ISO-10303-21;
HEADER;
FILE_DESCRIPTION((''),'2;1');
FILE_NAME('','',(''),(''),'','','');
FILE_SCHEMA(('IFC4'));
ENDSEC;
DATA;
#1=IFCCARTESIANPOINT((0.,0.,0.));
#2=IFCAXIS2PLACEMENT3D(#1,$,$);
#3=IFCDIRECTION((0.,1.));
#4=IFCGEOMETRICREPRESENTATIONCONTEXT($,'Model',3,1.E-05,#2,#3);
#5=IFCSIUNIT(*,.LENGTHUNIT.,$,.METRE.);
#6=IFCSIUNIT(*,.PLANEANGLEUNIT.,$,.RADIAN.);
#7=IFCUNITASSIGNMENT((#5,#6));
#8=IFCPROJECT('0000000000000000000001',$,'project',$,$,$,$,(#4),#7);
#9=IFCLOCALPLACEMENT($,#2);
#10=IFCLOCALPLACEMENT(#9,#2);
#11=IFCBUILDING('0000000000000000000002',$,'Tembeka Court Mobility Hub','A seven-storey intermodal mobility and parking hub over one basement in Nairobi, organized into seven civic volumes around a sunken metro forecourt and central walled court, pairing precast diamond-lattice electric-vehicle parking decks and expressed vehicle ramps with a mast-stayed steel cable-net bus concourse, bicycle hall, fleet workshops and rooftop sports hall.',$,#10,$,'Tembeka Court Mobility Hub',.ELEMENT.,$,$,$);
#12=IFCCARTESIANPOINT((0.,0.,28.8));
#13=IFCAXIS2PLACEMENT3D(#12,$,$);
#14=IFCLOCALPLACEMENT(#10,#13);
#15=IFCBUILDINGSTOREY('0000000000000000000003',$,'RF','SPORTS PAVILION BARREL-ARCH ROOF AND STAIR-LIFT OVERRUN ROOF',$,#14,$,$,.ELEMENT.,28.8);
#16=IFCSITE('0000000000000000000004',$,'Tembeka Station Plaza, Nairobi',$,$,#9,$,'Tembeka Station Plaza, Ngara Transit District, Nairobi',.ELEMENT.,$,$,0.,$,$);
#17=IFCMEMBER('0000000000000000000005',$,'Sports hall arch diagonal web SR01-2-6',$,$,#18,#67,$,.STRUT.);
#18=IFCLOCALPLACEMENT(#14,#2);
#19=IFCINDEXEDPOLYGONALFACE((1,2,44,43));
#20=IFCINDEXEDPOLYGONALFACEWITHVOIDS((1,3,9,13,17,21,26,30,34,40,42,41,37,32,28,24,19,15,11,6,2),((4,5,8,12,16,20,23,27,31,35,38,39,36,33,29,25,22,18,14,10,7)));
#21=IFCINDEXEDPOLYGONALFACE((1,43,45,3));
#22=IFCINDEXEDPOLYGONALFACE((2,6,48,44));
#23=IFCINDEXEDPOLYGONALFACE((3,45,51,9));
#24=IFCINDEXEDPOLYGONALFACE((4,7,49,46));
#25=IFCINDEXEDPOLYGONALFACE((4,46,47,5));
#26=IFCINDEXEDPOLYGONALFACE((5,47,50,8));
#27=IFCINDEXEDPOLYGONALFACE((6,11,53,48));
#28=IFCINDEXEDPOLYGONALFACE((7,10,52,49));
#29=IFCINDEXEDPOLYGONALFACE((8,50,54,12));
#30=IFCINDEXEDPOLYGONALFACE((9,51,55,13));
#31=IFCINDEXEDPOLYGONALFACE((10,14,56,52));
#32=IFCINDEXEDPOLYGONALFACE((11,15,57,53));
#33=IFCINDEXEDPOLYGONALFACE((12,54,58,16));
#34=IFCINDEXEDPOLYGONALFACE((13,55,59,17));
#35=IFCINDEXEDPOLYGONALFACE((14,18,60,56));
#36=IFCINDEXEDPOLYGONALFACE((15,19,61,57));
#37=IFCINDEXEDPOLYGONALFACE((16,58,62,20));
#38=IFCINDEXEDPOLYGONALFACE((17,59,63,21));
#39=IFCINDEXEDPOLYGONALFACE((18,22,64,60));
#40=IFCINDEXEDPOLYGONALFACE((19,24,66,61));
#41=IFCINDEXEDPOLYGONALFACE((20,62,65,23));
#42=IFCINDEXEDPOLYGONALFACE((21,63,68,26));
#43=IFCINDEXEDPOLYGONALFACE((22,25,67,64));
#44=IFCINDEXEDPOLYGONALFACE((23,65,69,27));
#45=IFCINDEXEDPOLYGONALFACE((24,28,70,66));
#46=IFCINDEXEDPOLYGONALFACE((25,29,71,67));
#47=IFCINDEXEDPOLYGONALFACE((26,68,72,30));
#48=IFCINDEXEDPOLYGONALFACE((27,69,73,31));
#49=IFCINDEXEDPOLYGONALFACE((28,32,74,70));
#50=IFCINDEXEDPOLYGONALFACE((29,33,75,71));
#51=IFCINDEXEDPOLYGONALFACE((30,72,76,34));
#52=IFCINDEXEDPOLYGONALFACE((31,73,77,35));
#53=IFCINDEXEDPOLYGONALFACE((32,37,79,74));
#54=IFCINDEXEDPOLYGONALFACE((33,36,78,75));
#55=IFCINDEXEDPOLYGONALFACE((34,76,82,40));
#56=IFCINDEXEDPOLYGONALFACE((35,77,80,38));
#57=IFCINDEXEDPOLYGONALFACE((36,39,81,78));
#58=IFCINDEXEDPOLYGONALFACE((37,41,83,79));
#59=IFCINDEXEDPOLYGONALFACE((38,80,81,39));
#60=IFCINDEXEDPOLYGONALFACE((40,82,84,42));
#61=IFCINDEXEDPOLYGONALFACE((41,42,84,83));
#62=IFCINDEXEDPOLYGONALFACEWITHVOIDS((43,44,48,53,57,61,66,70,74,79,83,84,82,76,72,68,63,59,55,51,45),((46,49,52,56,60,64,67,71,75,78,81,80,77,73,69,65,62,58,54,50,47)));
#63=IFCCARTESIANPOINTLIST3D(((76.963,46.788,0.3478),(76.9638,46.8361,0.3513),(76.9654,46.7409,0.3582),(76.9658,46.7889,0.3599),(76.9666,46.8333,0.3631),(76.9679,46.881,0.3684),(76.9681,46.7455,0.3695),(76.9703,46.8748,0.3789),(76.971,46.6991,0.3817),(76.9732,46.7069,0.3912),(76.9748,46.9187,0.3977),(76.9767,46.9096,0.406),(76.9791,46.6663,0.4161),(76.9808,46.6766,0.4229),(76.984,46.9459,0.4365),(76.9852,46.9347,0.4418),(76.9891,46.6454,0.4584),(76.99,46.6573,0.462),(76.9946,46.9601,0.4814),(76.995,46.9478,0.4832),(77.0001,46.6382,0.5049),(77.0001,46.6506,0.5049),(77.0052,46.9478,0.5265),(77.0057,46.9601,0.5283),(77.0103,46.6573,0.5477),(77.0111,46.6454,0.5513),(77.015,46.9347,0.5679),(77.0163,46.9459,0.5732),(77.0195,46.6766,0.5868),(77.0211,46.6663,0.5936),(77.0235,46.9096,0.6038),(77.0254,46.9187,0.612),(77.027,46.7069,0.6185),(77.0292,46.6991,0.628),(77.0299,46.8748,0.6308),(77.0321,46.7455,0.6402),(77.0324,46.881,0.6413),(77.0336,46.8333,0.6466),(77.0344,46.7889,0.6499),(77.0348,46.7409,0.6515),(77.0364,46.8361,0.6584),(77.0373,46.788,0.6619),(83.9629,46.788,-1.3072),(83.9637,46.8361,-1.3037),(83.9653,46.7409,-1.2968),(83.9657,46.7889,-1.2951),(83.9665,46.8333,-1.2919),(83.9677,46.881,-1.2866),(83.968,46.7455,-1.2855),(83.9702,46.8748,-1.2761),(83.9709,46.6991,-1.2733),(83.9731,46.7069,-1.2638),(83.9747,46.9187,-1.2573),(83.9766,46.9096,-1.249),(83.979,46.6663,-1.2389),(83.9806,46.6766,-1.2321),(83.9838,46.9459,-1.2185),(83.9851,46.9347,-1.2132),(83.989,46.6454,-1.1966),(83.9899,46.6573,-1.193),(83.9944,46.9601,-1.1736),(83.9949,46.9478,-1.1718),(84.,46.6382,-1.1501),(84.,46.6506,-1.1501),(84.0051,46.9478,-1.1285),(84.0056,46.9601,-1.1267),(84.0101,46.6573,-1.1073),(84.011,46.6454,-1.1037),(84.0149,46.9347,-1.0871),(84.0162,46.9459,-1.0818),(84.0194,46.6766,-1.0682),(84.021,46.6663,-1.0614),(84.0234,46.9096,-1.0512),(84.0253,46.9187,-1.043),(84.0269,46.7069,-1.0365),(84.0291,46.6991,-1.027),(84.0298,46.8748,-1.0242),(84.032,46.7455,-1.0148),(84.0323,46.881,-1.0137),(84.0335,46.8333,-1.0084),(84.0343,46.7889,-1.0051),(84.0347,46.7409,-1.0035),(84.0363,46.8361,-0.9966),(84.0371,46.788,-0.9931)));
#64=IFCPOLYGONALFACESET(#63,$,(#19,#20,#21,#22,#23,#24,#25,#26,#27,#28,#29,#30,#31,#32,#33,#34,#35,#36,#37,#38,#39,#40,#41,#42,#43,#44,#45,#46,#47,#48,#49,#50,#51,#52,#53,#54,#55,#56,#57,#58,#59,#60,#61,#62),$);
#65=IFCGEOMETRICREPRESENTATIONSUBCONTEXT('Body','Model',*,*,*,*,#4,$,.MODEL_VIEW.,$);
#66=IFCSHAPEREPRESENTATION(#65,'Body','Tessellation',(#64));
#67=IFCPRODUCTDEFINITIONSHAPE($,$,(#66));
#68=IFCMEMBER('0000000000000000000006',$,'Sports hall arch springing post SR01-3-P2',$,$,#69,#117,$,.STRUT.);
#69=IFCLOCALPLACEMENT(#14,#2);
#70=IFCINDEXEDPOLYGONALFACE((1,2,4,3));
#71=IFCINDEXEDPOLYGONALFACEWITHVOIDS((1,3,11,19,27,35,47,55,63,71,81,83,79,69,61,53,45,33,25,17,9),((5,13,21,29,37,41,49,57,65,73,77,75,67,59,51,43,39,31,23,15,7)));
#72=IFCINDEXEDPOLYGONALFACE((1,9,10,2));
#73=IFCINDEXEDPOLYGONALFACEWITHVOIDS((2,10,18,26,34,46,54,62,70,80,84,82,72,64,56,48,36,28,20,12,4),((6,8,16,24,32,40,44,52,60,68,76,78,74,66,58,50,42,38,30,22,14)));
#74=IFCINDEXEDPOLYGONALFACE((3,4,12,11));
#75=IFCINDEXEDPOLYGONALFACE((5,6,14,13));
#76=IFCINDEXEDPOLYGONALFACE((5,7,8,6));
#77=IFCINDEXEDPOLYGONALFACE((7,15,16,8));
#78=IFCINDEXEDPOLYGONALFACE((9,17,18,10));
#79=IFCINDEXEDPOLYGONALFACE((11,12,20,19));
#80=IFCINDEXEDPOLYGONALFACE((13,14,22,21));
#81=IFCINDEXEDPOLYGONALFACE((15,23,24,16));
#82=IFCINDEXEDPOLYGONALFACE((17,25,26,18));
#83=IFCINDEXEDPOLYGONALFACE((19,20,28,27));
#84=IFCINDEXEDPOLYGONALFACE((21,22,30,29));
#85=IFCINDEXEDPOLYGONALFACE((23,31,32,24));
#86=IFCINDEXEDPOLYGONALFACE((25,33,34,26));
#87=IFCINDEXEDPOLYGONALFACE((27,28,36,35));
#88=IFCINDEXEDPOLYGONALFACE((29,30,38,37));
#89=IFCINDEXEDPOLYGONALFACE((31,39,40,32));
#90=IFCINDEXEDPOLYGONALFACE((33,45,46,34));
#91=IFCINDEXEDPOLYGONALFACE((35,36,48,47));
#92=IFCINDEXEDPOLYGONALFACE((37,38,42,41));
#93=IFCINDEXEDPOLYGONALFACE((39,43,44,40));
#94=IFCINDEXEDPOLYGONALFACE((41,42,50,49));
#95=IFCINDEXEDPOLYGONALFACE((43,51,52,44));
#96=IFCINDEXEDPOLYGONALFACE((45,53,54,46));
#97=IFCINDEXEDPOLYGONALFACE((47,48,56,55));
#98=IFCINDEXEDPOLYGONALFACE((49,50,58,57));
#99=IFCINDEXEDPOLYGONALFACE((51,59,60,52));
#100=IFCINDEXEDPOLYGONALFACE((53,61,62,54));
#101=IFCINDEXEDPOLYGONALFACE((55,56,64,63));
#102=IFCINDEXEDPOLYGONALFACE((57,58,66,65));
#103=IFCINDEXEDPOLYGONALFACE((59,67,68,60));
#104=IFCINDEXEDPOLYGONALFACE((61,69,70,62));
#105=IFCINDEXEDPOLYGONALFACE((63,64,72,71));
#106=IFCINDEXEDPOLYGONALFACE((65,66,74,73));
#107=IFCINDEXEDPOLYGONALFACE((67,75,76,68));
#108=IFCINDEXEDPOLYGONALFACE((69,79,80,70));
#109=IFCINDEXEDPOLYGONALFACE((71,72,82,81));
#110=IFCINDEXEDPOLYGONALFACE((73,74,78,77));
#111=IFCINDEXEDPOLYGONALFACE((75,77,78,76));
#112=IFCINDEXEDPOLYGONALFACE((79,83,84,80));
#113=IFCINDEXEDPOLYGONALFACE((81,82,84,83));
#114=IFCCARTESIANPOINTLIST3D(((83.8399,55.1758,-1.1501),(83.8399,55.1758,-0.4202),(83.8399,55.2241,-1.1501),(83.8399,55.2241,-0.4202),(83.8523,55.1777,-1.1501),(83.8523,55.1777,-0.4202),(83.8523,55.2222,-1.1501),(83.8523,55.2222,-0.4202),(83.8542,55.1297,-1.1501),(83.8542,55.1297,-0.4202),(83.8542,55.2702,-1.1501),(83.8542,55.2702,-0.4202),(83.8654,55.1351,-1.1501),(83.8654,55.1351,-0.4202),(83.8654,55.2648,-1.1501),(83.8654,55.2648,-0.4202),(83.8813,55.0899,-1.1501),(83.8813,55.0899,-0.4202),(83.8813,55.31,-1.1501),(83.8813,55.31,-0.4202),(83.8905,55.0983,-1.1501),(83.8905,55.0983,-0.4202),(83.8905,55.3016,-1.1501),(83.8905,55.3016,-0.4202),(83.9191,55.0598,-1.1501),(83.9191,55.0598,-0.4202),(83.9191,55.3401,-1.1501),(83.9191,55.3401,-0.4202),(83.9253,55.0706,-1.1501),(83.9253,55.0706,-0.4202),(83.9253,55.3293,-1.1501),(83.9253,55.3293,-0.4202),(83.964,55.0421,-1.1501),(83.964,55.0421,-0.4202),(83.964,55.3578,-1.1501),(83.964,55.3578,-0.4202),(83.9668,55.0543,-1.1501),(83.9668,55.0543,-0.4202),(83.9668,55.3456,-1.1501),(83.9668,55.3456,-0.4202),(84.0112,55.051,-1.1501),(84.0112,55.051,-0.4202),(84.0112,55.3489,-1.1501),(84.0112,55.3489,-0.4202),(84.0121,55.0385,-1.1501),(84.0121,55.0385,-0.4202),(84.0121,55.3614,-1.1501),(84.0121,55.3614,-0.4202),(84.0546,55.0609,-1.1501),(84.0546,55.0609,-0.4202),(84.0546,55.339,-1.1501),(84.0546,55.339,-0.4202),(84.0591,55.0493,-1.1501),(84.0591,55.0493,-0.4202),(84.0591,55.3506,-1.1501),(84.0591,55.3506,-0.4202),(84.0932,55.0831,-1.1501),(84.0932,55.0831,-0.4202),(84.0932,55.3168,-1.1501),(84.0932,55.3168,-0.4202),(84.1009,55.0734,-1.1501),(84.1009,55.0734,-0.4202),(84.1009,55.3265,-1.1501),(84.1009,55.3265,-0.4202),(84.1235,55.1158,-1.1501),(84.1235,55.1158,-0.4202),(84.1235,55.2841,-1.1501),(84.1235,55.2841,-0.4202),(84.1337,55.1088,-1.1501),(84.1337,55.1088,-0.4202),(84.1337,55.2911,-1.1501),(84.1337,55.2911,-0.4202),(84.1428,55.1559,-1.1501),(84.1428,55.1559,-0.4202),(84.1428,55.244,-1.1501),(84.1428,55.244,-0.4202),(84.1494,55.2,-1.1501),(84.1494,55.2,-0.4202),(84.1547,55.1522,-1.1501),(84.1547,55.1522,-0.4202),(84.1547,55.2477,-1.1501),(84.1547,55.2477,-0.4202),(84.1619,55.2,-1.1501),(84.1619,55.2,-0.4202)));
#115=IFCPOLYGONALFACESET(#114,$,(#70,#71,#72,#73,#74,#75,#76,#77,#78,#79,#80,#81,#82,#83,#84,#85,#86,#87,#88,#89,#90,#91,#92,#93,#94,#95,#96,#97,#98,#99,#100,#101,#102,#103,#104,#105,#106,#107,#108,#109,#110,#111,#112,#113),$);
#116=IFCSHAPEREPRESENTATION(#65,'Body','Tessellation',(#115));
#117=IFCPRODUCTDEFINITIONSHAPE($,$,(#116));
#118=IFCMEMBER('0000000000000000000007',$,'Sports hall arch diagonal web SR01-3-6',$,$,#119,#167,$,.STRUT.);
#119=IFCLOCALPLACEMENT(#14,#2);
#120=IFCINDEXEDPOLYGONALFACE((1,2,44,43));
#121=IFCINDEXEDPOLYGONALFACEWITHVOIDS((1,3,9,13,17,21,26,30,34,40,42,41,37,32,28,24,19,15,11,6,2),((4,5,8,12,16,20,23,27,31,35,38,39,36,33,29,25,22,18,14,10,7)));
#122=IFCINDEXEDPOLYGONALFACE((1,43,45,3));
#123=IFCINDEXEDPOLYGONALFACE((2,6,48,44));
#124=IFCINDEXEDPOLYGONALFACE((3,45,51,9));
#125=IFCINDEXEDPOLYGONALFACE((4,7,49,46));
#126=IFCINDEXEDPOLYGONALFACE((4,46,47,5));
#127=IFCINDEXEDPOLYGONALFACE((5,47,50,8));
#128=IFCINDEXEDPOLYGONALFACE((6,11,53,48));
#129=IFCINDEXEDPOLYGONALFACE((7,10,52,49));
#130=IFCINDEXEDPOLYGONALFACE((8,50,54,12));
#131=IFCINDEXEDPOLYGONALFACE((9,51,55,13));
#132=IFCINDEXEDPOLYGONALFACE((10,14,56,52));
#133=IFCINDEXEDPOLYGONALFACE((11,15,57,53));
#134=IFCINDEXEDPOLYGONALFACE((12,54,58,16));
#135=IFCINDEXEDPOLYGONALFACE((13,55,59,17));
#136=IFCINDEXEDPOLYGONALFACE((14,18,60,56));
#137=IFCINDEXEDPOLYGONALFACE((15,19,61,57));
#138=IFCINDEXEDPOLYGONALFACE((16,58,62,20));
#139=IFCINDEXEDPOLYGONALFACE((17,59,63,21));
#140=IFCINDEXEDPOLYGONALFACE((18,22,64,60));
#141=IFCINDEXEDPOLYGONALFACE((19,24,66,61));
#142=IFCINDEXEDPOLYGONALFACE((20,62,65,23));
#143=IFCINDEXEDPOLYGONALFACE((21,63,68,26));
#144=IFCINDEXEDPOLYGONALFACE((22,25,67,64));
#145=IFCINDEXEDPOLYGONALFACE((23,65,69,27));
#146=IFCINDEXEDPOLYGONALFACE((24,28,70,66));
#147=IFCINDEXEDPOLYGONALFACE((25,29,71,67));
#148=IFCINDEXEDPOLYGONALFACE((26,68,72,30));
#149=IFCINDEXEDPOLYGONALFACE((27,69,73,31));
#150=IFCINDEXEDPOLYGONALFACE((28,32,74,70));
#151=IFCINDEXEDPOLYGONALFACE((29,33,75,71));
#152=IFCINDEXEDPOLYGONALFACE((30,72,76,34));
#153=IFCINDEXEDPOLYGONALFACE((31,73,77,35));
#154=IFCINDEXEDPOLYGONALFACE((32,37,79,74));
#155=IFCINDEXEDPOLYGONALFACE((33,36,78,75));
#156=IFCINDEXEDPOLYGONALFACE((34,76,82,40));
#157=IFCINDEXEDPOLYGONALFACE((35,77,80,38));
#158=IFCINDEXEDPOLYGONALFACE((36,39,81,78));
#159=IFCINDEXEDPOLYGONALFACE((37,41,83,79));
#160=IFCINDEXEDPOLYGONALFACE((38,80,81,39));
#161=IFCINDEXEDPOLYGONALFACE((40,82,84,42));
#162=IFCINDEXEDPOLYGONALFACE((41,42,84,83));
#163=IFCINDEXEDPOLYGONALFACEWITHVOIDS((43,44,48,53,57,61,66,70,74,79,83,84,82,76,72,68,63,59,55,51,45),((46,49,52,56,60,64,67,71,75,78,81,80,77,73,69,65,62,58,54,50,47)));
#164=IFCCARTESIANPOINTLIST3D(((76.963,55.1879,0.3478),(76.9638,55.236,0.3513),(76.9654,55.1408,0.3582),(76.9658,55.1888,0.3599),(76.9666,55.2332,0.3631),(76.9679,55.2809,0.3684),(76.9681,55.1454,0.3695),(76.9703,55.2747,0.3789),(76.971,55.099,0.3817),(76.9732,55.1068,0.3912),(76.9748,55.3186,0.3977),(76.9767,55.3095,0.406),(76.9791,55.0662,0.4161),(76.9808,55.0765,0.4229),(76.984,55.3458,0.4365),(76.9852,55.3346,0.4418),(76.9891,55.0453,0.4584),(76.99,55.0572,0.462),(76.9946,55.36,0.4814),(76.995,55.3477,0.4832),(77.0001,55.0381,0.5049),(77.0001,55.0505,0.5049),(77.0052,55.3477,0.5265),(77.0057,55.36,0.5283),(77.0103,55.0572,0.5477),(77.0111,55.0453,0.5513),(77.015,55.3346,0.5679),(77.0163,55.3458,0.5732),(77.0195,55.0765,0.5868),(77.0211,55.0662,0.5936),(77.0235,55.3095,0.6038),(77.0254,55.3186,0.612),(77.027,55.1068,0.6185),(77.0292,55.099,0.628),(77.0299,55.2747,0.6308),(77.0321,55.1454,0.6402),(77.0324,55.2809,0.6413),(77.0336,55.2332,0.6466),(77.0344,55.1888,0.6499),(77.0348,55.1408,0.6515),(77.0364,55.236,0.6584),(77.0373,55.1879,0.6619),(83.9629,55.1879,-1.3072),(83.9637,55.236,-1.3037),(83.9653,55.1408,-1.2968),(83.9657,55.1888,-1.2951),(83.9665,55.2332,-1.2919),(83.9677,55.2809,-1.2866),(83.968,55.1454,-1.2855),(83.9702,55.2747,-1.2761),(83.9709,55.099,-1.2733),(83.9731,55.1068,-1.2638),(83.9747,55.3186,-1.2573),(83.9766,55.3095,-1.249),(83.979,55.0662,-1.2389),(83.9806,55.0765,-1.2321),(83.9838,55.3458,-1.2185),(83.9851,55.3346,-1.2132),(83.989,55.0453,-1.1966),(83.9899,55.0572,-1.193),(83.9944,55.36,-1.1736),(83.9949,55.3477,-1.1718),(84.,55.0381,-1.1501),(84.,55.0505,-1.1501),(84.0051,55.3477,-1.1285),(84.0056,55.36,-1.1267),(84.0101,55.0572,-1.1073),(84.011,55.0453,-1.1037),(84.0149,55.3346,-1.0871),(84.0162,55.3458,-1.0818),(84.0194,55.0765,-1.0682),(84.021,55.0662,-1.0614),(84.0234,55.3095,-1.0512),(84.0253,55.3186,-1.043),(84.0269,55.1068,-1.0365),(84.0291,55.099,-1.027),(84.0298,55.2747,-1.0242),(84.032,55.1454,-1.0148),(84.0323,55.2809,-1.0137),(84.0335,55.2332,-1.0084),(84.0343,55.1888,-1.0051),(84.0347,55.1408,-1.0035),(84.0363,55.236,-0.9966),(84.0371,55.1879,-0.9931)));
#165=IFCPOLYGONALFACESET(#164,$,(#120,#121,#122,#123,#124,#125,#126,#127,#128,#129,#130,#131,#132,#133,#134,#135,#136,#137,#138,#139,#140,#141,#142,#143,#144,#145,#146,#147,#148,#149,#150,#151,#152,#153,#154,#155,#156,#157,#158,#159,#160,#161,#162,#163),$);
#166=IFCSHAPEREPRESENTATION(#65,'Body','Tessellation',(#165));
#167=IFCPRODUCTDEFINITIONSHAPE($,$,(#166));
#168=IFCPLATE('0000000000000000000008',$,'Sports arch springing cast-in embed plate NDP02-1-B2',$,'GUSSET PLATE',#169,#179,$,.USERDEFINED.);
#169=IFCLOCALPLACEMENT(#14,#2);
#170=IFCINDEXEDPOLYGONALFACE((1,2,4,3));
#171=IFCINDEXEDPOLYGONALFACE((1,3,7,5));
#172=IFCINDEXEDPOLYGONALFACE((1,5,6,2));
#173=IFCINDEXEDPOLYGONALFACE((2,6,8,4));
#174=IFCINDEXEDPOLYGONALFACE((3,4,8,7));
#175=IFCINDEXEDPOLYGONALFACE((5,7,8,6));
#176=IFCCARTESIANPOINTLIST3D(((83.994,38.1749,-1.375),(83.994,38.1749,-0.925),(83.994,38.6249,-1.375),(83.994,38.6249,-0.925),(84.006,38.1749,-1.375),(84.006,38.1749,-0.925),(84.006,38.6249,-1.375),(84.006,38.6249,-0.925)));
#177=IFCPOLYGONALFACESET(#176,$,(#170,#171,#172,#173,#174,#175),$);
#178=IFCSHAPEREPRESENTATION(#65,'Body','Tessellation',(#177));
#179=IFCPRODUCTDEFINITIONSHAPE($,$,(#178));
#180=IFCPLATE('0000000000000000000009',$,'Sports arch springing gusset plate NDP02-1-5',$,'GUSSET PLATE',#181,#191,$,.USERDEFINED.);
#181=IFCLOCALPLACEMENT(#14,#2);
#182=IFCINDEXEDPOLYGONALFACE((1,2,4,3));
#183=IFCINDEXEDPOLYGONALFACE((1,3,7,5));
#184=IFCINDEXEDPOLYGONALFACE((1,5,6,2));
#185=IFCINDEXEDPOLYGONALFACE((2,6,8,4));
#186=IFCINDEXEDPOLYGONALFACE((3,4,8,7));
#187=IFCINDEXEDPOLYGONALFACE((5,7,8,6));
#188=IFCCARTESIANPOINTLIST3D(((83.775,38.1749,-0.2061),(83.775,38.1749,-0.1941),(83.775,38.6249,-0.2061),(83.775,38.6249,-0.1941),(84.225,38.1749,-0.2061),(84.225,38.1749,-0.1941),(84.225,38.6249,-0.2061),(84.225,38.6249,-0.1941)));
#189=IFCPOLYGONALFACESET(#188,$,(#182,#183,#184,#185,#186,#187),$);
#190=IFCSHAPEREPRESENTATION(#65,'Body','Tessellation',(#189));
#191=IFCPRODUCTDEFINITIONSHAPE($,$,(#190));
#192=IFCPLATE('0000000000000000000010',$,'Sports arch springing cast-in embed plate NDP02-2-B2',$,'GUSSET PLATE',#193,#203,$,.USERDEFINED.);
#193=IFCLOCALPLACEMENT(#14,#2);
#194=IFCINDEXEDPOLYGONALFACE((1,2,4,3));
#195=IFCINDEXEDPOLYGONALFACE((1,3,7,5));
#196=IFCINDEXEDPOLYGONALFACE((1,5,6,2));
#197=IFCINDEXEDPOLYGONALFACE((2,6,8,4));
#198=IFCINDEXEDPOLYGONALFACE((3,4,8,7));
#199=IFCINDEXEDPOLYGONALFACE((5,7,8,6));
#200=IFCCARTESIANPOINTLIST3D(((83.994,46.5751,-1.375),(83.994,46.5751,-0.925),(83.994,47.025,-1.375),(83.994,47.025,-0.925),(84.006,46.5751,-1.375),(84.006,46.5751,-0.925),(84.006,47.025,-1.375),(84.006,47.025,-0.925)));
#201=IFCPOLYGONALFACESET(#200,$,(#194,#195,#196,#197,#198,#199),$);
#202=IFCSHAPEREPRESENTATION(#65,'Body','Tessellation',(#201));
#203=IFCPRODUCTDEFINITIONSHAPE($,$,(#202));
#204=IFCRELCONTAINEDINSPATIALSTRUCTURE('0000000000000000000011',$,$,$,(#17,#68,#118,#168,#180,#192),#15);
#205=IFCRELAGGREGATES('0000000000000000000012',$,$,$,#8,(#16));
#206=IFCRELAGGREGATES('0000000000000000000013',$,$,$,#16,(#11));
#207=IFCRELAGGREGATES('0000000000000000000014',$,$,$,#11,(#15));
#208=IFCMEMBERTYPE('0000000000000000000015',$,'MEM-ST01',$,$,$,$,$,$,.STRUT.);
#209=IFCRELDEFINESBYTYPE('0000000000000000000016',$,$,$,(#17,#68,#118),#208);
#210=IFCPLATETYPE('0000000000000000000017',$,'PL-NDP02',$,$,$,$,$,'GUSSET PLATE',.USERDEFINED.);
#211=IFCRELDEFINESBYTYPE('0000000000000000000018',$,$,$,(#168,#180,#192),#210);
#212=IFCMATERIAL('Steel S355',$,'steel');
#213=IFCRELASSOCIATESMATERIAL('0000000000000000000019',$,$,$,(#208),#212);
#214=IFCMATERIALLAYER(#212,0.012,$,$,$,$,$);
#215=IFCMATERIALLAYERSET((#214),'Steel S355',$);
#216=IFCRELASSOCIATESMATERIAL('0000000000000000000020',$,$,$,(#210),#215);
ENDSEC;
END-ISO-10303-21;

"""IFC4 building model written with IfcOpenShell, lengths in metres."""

from ifc_helpers import new_model, si_unit, direction, frame, origin, origin_2d, place, context, subcontext, project, spatial, rectangle, hollow_circle, extrude, material, layer, layer_set, material_profile, profile_set, type_object, element, save


model = new_model("IFC4")

# Units and contexts
model_context = context("Model", 3, precision=1e-05, world=origin(), true_north=direction((0.0, 1.0)))
body_context = subcontext(model_context, "Body", "Model", "MODEL_VIEW")
ifc_project = project(units=[si_unit("LENGTHUNIT", "METRE"), si_unit("PLANEANGLEUNIT", "RADIAN")], contexts=[model_context])

# Site, building, storey
site_placement = place(None, origin())
site = spatial("IfcSite", under=ifc_project, at=site_placement, Name="Tembeka Station Plaza, Nairobi", LongName="Tembeka Station Plaza, Ngara Transit District, Nairobi", CompositionType="ELEMENT", RefElevation=0.0)
building_placement = place(site_placement, origin())
building = spatial("IfcBuilding", under=site, at=building_placement, Name="Tembeka Court Mobility Hub", Description="A seven-storey intermodal mobility and parking hub over one basement in Nairobi, organized into seven civic volumes around a sunken metro forecourt and central walled court, pairing precast diamond-lattice electric-vehicle parking decks and expressed vehicle ramps with a mast-stayed steel cable-net bus concourse, bicycle hall, fleet workshops and rooftop sports hall.", LongName="Tembeka Court Mobility Hub", CompositionType="ELEMENT")
storey_placement = place(building_placement, frame((0.0, 0.0, 28.8)))
storey = spatial("IfcBuildingStorey", under=building, at=storey_placement, Name="RF", Description="SPORTS PAVILION BARREL-ARCH ROOF AND STAIR-LIFT OVERRUN ROOF", CompositionType="ELEMENT", Elevation=28.8)

# Shared definitions
ifc_material_1 = material(Name="Steel S355", Category="steel")

# Members
ifc_material_profile_1 = material_profile(ifc_material_1, hollow_circle(Radius=0.1619, WallThickness=0.0125, at=origin_2d()), Name="CHS 323.9x12.5")
ifc_profile_set_1 = profile_set([ifc_material_profile_1], Name="Steel S355")
member_type = type_object("IfcMemberType", Name="MEM-ST01", PredefinedType="STRUT", material=ifc_profile_set_1)
member_1_placement = place(storey_placement, frame((84.0, 46.8, -1.1501), z_axis=(-0.97317, 0.0, 0.230089), x_axis=(0.0, -1.0, 0.0)))
element("IfcMember", 1, at=member_1_placement, inside=storey, type_object=member_type, Name="Sports hall arch diagonal web SR01-2-6", PredefinedType="STRUT", context=body_context, shape_type="SweptSolid", body=[
    extrude(hollow_circle(Radius=0.1619, WallThickness=0.0125, at=origin_2d()), origin(), (0.0, 0.0, 1.0), 7.1929),
])
member_2_placement = place(storey_placement, frame((84.0, 55.2, -1.1501), z_axis=(0.0, 0.0, 1.0), x_axis=(1.0, 0.0, 0.0)))
element("IfcMember", 2, at=member_2_placement, inside=storey, type_object=member_type, Name="Sports hall arch springing post SR01-3-P2", PredefinedType="STRUT", context=body_context, shape_type="SweptSolid", body=[
    extrude(hollow_circle(Radius=0.1619, WallThickness=0.0125, at=origin_2d()), origin(), (0.0, 0.0, 1.0), 0.73),
])
member_3_placement = place(storey_placement, frame((84.0, 55.2, -1.1501), z_axis=(-0.97317, 0.0, 0.230089), x_axis=(0.0, -1.0, 0.0)))
element("IfcMember", 3, at=member_3_placement, inside=storey, type_object=member_type, Name="Sports hall arch diagonal web SR01-3-6", PredefinedType="STRUT", context=body_context, shape_type="SweptSolid", body=[
    extrude(hollow_circle(Radius=0.1619, WallThickness=0.0125, at=origin_2d()), origin(), (0.0, 0.0, 1.0), 7.1929),
])

# Plates
ifc_layer_1 = layer(ifc_material_1, 0.012)
ifc_layer_set_1 = layer_set([ifc_layer_1], Name="Steel S355")
plate_type = type_object("IfcPlateType", Name="PL-NDP02", ElementType="GUSSET PLATE", PredefinedType="USERDEFINED", material=ifc_layer_set_1)
plate_1_placement = place(storey_placement, frame((84.0, 38.3999, -1.375), z_axis=(0.0, 0.0, 1.0), x_axis=(1.0, 0.0, 0.0)))
element("IfcPlate", 4, at=plate_1_placement, inside=storey, type_object=plate_type, Name="Sports arch springing cast-in embed plate NDP02-1-B2", ObjectType="GUSSET PLATE", PredefinedType="USERDEFINED", context=body_context, shape_type="SweptSolid", body=[
    extrude(rectangle(XDim=0.012, YDim=0.45, at=origin_2d()), origin(), (0.0, 0.0, 1.0), 0.45),
])
plate_2_placement = place(storey_placement, frame((84.0, 38.3999, -0.2061), z_axis=(0.0, 0.0, 1.0), x_axis=(1.0, 0.0, 0.0)))
element("IfcPlate", 5, at=plate_2_placement, inside=storey, type_object=plate_type, Name="Sports arch springing gusset plate NDP02-1-5", ObjectType="GUSSET PLATE", PredefinedType="USERDEFINED", context=body_context, shape_type="SweptSolid", body=[
    extrude(rectangle(XDim=0.45, YDim=0.45, at=origin_2d()), origin(), (0.0, 0.0, 1.0), 0.012),
])
plate_3_placement = place(storey_placement, frame((84.0, 46.8, -1.375), z_axis=(0.0, 0.0, 1.0), x_axis=(1.0, 0.0, 0.0)))
element("IfcPlate", 6, at=plate_3_placement, inside=storey, type_object=plate_type, Name="Sports arch springing cast-in embed plate NDP02-2-B2", ObjectType="GUSSET PLATE", PredefinedType="USERDEFINED", context=body_context, shape_type="SweptSolid", body=[
    extrude(rectangle(XDim=0.012, YDim=0.45, at=origin_2d()), origin(), (0.0, 0.0, 1.0), 0.45),
])

save(model, "model.ifc")
